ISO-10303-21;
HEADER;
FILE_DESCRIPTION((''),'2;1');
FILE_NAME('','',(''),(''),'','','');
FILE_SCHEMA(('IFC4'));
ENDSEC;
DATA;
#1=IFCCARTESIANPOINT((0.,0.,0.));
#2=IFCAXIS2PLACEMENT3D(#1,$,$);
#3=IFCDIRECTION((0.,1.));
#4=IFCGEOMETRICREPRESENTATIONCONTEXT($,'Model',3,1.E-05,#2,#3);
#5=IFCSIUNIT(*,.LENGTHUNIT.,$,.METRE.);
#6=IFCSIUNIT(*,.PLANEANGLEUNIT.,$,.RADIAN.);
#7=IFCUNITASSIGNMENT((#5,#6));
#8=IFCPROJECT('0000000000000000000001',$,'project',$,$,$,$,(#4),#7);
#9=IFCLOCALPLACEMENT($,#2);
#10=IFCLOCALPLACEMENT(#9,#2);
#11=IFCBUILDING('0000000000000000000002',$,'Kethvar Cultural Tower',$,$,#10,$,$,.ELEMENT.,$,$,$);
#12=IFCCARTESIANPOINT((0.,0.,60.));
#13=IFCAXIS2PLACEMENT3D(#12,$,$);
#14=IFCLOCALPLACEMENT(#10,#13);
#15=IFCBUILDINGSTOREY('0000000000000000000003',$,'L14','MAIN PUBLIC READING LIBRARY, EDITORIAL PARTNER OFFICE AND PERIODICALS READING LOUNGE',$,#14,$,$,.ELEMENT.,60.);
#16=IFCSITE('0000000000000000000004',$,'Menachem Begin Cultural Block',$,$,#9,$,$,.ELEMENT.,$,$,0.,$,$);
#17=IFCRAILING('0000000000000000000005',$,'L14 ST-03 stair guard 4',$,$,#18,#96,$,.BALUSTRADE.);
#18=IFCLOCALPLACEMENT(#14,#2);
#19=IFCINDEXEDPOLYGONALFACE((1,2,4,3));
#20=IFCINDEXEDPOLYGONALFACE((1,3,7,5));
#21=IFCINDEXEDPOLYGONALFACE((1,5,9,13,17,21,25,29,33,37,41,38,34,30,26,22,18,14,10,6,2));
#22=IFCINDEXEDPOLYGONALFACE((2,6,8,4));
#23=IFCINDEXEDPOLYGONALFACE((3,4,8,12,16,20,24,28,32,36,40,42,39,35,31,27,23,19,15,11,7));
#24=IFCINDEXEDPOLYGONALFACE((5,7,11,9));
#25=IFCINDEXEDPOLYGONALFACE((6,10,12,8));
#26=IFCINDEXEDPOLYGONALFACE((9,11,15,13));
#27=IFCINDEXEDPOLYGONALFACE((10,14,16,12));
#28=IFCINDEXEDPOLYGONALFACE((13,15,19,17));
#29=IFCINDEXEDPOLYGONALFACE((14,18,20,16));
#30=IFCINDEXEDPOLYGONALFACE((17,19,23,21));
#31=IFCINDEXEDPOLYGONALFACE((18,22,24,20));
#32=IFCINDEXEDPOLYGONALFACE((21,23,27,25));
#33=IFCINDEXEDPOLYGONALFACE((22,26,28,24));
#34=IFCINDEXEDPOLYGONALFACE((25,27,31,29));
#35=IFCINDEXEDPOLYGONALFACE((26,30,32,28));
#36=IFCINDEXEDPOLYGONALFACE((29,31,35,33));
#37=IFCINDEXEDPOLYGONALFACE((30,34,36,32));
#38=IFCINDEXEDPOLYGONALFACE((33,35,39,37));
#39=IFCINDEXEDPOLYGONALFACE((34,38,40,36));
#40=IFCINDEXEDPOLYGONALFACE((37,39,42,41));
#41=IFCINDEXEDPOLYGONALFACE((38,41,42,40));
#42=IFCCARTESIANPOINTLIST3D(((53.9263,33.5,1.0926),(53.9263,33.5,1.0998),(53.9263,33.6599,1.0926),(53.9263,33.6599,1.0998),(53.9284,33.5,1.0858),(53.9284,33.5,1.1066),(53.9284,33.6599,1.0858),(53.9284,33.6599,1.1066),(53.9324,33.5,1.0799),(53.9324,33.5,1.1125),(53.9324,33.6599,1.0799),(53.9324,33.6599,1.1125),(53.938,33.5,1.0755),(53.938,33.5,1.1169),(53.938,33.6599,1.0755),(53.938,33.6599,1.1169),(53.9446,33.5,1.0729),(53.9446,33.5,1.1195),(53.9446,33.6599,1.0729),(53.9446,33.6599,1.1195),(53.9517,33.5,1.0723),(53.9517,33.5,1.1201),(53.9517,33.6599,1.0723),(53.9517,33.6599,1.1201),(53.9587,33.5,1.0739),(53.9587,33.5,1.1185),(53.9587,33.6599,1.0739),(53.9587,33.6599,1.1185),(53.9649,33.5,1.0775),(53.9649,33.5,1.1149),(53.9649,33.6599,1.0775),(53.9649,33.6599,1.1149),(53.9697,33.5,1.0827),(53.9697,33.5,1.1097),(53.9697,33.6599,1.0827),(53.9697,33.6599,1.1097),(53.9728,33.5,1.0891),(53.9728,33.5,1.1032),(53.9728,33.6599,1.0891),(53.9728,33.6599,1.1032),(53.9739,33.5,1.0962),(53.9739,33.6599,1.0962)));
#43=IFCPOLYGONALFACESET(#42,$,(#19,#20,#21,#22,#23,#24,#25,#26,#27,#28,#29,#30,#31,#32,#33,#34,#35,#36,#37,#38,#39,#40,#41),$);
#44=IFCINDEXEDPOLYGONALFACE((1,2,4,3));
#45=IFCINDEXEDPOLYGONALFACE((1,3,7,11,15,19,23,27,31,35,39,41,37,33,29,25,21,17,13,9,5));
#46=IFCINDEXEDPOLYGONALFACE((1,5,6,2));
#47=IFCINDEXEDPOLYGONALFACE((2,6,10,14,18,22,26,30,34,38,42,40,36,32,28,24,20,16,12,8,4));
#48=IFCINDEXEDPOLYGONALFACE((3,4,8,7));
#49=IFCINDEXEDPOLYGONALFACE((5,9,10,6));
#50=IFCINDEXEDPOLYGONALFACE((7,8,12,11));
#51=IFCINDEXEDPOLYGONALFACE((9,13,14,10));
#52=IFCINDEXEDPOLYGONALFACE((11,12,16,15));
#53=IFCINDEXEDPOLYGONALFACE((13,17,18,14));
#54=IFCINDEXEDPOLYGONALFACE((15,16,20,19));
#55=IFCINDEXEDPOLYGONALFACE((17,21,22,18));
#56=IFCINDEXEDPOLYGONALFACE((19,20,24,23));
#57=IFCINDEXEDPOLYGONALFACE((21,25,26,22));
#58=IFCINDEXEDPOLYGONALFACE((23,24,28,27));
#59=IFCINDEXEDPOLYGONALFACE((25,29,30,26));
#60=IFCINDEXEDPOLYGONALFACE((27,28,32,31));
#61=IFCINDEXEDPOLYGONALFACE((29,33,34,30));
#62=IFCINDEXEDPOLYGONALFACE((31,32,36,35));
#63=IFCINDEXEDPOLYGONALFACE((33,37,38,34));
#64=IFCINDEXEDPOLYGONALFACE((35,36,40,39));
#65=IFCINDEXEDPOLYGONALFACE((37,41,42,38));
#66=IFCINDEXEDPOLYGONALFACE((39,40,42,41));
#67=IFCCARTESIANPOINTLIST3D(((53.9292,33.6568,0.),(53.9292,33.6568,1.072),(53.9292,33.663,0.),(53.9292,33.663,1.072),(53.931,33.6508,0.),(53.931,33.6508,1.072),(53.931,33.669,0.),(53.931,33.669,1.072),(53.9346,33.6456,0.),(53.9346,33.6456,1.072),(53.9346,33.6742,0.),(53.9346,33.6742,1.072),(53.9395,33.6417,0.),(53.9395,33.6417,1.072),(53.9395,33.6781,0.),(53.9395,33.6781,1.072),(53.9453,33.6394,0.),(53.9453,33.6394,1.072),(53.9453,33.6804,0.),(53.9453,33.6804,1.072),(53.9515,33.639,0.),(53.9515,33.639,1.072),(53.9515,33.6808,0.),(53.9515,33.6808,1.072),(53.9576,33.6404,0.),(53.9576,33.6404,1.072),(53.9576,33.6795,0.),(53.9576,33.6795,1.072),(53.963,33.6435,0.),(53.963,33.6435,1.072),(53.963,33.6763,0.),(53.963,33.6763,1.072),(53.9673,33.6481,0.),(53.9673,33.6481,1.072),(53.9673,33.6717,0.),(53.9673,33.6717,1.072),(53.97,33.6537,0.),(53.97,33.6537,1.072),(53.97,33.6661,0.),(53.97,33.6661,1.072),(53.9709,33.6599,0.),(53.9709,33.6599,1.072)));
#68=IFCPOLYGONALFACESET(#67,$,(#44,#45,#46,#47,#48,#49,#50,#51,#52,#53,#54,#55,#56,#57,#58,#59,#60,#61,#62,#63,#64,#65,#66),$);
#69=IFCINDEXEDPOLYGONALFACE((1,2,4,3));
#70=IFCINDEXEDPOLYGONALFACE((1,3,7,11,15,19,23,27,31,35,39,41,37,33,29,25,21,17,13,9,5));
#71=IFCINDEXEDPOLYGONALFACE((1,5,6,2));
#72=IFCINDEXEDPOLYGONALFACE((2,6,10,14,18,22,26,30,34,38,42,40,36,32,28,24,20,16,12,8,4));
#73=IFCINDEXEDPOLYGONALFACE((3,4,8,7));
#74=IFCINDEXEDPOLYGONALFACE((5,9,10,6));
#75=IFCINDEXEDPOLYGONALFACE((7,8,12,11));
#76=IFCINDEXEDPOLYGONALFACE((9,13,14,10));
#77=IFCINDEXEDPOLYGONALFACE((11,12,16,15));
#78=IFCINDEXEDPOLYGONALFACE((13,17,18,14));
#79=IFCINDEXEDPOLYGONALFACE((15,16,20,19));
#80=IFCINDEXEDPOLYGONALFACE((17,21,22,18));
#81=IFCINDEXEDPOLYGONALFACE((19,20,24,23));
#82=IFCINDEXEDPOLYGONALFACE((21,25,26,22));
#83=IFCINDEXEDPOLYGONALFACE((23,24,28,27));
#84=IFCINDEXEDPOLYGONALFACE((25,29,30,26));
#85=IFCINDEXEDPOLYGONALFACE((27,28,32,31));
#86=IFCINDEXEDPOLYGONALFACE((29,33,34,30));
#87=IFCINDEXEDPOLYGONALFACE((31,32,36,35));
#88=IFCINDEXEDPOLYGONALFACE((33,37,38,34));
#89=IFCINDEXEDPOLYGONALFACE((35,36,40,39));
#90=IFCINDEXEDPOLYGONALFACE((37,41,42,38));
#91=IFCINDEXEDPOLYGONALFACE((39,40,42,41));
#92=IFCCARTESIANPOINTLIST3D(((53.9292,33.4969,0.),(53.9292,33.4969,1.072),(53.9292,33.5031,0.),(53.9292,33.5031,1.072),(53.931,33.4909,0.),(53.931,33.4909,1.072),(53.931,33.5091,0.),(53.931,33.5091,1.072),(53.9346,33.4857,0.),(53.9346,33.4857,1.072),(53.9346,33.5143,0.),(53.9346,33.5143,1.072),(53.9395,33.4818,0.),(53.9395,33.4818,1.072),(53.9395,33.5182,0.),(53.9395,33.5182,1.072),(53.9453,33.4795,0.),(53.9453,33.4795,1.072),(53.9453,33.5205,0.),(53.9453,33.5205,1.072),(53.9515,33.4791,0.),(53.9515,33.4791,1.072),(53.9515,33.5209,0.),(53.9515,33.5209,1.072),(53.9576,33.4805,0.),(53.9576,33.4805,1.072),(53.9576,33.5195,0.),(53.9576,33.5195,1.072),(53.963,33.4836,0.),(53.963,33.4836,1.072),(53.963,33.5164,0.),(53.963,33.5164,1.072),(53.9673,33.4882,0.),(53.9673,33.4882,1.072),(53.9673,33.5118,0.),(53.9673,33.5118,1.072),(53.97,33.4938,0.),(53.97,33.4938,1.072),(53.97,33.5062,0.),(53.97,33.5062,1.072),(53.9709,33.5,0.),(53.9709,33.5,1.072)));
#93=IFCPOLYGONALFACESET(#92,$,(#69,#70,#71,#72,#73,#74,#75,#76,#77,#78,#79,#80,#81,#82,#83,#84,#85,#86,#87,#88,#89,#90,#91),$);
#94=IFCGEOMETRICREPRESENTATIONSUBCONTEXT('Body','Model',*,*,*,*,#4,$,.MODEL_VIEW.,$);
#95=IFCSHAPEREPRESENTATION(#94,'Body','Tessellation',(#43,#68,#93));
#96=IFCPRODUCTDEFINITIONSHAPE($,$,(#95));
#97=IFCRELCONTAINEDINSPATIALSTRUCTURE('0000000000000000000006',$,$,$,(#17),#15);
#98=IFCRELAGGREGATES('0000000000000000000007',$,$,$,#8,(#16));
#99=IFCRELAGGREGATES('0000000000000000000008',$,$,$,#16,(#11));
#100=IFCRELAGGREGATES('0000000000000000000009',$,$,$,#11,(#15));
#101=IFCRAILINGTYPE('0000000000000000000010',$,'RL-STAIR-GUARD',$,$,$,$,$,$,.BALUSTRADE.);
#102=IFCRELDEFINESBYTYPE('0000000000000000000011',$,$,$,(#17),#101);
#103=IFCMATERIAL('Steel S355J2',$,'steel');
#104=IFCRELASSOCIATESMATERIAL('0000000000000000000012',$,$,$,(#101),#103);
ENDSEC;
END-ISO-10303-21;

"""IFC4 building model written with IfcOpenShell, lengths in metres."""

from ifc_helpers import new_model, si_unit, direction, frame, origin, origin_2d, place, context, subcontext, project, spatial, circle, extrude, material, type_object, element, save


model = new_model("IFC4")

# Units and contexts
model_context = context("Model", 3, precision=1e-05, world=origin(), true_north=direction((0.0, 1.0)))
body_context = subcontext(model_context, "Body", "Model", "MODEL_VIEW")
ifc_project = project(units=[si_unit("LENGTHUNIT", "METRE"), si_unit("PLANEANGLEUNIT", "RADIAN")], contexts=[model_context])

# Site, building, storey
site_placement = place(None, origin())
site = spatial("IfcSite", under=ifc_project, at=site_placement, Name="Menachem Begin Cultural Block", CompositionType="ELEMENT", RefElevation=0.0)
building_placement = place(site_placement, origin())
building = spatial("IfcBuilding", under=site, at=building_placement, Name="Kethvar Cultural Tower", CompositionType="ELEMENT")
storey_placement = place(building_placement, frame((0.0, 0.0, 60.0)))
storey = spatial("IfcBuildingStorey", under=building, at=storey_placement, Name="L14", Description="MAIN PUBLIC READING LIBRARY, EDITORIAL PARTNER OFFICE AND PERIODICALS READING LOUNGE", CompositionType="ELEMENT", Elevation=60.0)

# Shared definitions
ifc_material_1 = material(Name="Steel S355J2", Category="steel")

# Railing
railing_type_1 = type_object("IfcRailingType", Name="RL-STAIR-GUARD", PredefinedType="BALUSTRADE", material=ifc_material_1)
railing_1_placement = place(storey_placement, frame((53.95, 33.6599, 0.0)))
element("IfcRailing", 1, at=railing_1_placement, inside=storey, type_object=railing_type_1, Name="L14 ST-03 stair guard 4", PredefinedType="BALUSTRADE", context=body_context, shape_type="SweptSolid", body=[
    extrude(circle(Radius=0.0239, at=origin_2d()), frame((0.0, 0.0, 1.0962), z_axis=(0.0, -1.0, 0.0), x_axis=(1.0, 0.0, 0.0)), (0.0, 0.0, 1.0), 0.1599),
    extrude(circle(Radius=0.021, at=origin_2d()), origin(), (0.0, 0.0, 1.0), 1.072),
    extrude(circle(Radius=0.021, at=origin_2d()), frame((0.0, -0.1599, 0.0)), (0.0, 0.0, 1.0), 1.072),
])

save(model, "model.ifc")
